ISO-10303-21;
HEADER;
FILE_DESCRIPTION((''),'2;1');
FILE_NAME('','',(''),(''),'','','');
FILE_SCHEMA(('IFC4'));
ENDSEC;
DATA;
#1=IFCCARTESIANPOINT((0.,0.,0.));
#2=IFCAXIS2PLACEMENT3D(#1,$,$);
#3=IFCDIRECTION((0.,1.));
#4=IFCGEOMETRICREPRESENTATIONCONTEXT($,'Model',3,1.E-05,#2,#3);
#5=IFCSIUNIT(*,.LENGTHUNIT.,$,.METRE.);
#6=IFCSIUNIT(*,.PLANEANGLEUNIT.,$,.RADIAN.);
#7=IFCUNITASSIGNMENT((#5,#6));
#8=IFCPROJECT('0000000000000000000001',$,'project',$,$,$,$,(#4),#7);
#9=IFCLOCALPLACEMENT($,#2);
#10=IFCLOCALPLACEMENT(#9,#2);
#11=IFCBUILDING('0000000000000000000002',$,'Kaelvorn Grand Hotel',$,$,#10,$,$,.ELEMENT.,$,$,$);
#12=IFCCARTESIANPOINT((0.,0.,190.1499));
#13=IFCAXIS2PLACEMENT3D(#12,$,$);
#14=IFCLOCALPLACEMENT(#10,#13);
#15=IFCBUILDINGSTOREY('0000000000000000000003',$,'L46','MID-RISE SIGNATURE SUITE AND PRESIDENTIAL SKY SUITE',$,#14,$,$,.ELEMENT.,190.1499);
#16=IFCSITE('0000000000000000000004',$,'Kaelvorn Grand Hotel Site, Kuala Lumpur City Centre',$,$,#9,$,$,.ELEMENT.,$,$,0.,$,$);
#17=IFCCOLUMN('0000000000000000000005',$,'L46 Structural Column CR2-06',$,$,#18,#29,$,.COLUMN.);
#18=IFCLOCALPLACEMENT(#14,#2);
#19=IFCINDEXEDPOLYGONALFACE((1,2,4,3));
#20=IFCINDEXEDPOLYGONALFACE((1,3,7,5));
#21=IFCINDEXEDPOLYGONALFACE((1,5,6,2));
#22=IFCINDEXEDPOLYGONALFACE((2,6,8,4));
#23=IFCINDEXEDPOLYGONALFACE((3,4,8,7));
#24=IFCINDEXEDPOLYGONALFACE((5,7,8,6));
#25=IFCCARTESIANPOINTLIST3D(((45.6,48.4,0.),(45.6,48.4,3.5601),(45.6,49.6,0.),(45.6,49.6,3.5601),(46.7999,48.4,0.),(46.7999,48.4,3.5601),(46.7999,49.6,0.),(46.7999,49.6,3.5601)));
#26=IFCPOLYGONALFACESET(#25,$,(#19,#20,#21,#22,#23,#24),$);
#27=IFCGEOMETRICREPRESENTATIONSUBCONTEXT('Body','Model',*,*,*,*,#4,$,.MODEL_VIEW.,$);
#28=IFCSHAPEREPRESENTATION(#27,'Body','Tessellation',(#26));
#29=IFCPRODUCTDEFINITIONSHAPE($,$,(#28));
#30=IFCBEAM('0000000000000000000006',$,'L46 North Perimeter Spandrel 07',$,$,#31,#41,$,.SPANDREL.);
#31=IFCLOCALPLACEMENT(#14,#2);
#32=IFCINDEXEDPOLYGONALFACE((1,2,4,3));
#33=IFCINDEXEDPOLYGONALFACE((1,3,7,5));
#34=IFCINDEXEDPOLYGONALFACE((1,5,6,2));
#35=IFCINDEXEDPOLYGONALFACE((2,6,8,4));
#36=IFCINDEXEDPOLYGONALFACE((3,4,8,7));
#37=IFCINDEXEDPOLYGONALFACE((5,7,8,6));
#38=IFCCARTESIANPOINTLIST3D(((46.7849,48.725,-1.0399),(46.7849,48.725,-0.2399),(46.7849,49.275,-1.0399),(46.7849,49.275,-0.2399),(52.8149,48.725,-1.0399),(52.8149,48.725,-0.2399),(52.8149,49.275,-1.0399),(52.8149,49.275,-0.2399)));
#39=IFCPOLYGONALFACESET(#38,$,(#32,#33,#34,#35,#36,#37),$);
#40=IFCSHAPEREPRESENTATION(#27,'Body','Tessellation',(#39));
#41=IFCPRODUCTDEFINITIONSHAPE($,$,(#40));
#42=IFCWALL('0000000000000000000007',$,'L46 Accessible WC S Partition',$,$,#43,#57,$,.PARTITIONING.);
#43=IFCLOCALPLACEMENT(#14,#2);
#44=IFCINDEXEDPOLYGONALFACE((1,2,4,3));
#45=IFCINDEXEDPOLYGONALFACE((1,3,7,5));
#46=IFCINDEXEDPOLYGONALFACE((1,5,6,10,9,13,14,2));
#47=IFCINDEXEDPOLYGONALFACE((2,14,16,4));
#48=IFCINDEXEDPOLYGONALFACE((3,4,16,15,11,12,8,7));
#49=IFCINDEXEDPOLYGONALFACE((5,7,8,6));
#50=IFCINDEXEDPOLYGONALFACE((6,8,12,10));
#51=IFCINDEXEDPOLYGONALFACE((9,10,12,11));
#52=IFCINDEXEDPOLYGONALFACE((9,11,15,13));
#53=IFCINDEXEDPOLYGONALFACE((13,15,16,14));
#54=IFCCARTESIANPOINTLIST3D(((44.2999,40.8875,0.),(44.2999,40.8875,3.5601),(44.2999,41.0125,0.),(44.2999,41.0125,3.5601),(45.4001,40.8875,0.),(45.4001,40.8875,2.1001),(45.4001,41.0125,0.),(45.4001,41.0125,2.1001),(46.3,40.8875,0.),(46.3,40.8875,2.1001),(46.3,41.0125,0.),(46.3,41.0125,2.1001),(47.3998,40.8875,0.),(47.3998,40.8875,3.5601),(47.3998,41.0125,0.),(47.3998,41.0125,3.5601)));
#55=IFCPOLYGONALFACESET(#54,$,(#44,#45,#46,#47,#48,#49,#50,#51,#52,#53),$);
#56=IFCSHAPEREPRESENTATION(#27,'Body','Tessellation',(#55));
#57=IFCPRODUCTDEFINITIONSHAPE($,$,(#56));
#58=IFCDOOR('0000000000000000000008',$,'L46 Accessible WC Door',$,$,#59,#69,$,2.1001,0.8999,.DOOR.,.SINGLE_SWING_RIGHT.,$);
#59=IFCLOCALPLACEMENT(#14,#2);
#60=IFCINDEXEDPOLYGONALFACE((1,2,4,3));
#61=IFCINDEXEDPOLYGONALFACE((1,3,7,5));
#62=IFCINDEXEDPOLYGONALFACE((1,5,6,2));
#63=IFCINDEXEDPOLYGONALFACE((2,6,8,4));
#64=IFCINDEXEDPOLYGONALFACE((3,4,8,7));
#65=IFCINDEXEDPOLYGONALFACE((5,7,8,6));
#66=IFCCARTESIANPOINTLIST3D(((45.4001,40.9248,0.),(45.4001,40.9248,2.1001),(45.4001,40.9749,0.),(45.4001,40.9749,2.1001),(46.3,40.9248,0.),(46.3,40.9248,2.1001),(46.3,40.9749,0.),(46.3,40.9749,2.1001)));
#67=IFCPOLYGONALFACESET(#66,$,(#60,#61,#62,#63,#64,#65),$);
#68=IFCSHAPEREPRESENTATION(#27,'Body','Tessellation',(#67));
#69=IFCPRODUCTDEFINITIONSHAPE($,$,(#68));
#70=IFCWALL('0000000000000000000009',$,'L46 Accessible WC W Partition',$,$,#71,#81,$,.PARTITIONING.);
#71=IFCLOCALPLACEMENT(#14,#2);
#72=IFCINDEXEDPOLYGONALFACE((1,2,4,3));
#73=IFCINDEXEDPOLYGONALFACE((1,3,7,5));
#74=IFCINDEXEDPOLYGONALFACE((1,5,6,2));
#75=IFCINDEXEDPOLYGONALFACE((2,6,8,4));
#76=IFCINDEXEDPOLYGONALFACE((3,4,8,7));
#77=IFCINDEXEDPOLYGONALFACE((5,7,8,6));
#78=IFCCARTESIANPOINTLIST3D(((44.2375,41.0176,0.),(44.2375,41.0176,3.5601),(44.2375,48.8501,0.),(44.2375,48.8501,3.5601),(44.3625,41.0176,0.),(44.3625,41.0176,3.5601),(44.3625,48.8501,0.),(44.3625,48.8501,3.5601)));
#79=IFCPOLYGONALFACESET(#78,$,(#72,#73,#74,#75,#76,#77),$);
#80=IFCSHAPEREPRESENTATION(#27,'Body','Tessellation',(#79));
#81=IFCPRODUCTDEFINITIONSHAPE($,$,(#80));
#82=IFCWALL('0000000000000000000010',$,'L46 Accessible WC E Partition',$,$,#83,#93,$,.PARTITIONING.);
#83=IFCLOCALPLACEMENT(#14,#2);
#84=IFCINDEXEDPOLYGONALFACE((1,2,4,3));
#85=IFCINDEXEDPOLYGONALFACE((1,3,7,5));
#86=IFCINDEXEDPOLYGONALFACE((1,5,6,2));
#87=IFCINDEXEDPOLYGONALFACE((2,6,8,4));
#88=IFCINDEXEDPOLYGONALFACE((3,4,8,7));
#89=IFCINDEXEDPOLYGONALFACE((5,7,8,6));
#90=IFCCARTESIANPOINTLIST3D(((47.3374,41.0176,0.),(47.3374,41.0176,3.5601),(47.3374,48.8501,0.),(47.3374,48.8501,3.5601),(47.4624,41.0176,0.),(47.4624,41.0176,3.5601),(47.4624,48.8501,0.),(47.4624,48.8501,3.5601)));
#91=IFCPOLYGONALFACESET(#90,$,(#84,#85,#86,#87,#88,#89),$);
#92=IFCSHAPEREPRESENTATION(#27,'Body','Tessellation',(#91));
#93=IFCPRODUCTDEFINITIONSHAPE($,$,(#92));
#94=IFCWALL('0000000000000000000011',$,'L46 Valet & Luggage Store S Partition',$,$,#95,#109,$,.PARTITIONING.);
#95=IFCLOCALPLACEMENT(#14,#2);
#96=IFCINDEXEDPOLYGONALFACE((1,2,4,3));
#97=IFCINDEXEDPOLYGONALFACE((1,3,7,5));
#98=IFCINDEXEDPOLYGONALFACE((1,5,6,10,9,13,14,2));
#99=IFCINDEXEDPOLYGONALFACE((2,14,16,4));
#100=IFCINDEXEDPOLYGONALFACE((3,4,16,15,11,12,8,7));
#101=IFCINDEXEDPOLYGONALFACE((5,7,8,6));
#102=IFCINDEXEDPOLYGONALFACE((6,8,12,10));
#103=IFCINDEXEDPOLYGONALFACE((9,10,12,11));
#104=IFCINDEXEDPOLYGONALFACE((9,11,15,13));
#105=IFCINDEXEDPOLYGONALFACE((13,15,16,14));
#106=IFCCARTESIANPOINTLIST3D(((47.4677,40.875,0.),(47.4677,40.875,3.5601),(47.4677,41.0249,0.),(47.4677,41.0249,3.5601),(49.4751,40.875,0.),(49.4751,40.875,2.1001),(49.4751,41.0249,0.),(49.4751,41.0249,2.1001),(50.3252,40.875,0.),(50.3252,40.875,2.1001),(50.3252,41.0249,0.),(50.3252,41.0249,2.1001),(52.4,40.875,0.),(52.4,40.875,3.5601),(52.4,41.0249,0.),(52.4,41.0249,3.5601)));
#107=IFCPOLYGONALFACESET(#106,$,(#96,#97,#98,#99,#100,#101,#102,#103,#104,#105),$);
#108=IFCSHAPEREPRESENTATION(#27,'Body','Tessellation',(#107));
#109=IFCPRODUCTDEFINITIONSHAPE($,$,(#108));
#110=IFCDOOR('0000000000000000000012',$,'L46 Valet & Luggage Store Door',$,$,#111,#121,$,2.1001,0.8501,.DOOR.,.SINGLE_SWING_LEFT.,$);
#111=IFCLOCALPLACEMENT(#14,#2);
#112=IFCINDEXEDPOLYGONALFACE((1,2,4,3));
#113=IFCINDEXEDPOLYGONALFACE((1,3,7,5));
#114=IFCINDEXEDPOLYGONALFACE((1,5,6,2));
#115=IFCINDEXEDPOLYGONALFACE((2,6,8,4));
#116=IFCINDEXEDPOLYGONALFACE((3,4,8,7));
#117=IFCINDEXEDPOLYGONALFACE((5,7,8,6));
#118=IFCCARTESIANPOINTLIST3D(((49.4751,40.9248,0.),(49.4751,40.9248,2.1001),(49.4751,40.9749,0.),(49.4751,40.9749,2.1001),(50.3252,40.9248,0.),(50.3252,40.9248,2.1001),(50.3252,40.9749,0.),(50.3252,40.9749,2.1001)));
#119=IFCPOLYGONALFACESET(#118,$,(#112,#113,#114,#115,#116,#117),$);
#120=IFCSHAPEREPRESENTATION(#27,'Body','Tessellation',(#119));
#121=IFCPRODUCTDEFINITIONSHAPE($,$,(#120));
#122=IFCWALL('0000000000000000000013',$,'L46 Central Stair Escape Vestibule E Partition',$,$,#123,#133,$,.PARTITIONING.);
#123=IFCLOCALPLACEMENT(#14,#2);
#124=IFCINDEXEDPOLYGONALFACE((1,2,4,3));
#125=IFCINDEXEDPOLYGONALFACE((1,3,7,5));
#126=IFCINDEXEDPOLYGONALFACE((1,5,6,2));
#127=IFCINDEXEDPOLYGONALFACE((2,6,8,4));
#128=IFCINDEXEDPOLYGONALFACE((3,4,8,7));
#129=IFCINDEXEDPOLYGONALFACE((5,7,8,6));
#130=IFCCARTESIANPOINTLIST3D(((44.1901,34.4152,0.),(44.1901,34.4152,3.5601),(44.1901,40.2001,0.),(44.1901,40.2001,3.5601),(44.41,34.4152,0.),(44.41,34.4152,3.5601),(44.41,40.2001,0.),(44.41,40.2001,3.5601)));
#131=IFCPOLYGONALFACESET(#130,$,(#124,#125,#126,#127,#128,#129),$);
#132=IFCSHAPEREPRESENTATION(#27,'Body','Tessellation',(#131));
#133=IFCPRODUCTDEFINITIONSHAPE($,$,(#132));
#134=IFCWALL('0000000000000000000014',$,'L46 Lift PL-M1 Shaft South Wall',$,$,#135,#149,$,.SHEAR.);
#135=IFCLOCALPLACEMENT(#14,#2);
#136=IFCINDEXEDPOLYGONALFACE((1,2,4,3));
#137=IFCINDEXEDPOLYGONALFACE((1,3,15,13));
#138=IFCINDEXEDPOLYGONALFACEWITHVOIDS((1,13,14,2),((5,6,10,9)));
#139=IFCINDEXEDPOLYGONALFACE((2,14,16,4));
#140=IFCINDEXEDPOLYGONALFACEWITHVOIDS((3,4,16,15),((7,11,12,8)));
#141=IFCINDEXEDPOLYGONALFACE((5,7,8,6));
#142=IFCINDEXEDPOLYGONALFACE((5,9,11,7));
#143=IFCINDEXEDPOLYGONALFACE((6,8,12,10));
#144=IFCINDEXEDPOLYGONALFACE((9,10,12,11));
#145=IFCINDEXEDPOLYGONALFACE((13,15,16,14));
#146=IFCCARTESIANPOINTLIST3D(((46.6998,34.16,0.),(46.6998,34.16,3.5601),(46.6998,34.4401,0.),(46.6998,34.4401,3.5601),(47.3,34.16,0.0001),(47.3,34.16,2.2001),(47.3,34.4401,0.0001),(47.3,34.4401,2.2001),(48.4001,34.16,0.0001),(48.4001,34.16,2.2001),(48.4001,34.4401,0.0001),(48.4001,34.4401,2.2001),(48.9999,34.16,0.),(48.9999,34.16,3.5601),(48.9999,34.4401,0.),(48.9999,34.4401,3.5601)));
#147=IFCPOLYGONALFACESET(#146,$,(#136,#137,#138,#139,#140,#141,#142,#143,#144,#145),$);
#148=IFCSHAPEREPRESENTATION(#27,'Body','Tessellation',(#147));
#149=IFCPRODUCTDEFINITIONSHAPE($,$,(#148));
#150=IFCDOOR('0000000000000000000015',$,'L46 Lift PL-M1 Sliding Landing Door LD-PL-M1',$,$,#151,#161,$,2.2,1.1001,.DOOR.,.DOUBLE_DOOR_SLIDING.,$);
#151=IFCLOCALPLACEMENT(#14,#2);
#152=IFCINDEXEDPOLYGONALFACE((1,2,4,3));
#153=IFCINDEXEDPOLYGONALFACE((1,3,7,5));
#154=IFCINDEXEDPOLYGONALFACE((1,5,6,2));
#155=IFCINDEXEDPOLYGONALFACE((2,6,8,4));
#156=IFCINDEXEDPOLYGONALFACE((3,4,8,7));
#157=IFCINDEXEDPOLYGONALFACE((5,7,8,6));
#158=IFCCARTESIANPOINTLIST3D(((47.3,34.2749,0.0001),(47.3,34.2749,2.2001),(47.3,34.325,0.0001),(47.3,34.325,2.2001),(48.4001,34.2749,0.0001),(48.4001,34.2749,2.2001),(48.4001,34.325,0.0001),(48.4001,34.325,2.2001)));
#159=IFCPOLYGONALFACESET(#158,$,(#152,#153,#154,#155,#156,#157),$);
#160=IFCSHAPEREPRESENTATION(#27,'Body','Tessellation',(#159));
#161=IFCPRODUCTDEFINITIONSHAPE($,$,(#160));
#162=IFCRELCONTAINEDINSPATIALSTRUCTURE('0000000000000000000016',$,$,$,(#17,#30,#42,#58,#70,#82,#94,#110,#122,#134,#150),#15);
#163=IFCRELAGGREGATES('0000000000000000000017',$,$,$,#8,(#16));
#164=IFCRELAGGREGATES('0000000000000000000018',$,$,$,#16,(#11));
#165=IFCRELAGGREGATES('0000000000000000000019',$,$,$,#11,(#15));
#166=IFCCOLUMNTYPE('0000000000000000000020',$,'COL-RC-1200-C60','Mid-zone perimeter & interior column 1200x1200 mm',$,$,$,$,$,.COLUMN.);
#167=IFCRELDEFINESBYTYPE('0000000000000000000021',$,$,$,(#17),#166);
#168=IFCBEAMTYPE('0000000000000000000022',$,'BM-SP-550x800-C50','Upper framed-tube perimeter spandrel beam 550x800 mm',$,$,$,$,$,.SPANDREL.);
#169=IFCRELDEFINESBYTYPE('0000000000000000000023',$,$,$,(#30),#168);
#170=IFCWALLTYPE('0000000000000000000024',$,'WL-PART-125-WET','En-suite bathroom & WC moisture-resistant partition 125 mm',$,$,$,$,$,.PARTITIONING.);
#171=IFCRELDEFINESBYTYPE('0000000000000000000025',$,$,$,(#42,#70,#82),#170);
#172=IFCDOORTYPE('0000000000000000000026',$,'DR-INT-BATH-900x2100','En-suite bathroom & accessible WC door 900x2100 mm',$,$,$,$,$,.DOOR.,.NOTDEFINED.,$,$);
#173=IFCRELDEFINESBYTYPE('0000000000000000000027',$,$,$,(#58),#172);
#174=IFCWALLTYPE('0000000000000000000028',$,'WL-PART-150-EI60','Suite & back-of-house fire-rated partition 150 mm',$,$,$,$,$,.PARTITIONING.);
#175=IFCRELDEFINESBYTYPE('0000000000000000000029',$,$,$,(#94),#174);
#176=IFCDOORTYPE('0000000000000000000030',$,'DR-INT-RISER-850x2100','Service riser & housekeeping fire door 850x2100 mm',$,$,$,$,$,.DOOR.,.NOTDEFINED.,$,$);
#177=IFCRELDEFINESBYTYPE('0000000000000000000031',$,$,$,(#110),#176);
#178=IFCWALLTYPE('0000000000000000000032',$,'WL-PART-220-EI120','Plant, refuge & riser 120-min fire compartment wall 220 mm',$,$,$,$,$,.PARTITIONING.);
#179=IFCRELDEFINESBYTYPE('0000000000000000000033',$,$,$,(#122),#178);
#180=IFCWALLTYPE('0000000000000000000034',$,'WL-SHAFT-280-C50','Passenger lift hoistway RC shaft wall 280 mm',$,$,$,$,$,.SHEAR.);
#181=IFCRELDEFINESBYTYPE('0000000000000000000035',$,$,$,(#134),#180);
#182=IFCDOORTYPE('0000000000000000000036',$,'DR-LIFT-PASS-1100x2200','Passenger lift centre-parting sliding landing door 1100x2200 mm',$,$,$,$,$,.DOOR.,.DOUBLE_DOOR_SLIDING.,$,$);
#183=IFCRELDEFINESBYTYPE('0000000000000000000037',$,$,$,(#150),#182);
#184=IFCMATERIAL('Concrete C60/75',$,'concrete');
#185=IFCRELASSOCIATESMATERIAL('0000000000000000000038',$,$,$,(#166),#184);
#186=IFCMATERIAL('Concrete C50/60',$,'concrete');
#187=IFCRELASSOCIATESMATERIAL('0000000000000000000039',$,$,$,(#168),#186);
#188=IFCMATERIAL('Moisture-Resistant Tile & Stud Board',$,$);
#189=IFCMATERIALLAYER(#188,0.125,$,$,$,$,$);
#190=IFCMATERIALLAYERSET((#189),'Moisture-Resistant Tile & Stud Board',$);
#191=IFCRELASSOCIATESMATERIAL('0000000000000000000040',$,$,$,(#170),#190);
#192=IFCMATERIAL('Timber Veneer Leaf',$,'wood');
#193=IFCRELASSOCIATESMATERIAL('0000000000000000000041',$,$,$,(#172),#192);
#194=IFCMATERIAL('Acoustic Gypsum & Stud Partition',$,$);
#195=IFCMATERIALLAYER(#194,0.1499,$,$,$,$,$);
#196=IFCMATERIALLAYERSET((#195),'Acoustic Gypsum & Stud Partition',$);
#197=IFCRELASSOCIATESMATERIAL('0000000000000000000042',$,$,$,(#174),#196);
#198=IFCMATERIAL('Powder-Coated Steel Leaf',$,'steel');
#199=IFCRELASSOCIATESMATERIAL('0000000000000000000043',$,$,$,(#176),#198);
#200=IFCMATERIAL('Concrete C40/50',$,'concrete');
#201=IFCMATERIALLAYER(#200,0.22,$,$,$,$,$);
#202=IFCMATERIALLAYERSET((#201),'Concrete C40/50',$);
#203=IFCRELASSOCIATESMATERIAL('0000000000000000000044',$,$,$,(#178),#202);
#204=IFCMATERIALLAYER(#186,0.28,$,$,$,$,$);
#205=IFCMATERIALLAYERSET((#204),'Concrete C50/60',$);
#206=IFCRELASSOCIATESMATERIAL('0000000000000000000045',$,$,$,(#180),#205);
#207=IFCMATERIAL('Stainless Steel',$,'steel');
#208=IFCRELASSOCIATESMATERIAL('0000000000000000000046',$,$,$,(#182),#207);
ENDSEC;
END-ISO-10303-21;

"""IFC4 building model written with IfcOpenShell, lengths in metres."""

from ifc_helpers import new_model, si_unit, direction, frame, frame_2d, origin, origin_2d, place, context, subcontext, project, spatial, rectangle, extrude, material, layer, layer_set, material_profile, profile_set, type_object, element, fill, save


model = new_model("IFC4")

# Units and contexts
model_context = context("Model", 3, precision=1e-05, world=origin(), true_north=direction((0.0, 1.0)))
body_context = subcontext(model_context, "Body", "Model", "MODEL_VIEW")
ifc_project = project(units=[si_unit("LENGTHUNIT", "METRE"), si_unit("PLANEANGLEUNIT", "RADIAN")], contexts=[model_context])

# Site, building, storey
site_placement = place(None, origin())
site = spatial("IfcSite", under=ifc_project, at=site_placement, Name="Kaelvorn Grand Hotel Site, Kuala Lumpur City Centre", CompositionType="ELEMENT", RefElevation=0.0)
building_placement = place(site_placement, origin())
building = spatial("IfcBuilding", under=site, at=building_placement, Name="Kaelvorn Grand Hotel", CompositionType="ELEMENT")
storey_placement = place(building_placement, frame((0.0, 0.0, 190.1499)))
storey = spatial("IfcBuildingStorey", under=building, at=storey_placement, Name="L46", Description="MID-RISE SIGNATURE SUITE AND PRESIDENTIAL SKY SUITE", CompositionType="ELEMENT", Elevation=190.1499)

# Column
ifc_material_1 = material(Name="Concrete C60/75", Category="concrete")
ifc_material_profile_1 = material_profile(ifc_material_1, rectangle(XDim=1.2, YDim=1.2, at=origin_2d()), Name="RC COL 1200x1200")
ifc_profile_set_1 = profile_set([ifc_material_profile_1], Name="Concrete C60/75")
column_type = type_object("IfcColumnType", Name="COL-RC-1200-C60", Description="Mid-zone perimeter & interior column 1200x1200 mm", PredefinedType="COLUMN", material=ifc_profile_set_1)
column_placement = place(storey_placement, frame((46.2, 49.0, 0.0), z_axis=(0.0, 0.0, 1.0), x_axis=(1.0, 0.0, 0.0)))
element("IfcColumn", 1, at=column_placement, inside=storey, type_object=column_type, Name="L46 Structural Column CR2-06", PredefinedType="COLUMN", context=body_context, shape_type="SweptSolid", body=[
    extrude(rectangle(XDim=1.2, YDim=1.2, at=origin_2d()), origin(), (0.0, 0.0, 1.0), 3.5601),
])

# Beam
ifc_material_2 = material(Name="Concrete C50/60", Category="concrete")
ifc_material_profile_2 = material_profile(ifc_material_2, rectangle(XDim=0.55, YDim=0.8, at=origin_2d()), Name="RC SPANDREL 550x800")
ifc_profile_set_2 = profile_set([ifc_material_profile_2], Name="Concrete C50/60")
beam_type = type_object("IfcBeamType", Name="BM-SP-550x800-C50", Description="Upper framed-tube perimeter spandrel beam 550x800 mm", PredefinedType="SPANDREL", material=ifc_profile_set_2)
beam_placement = place(storey_placement, frame((46.7849, 49.0, -0.6399), z_axis=(1.0, 0.0, 0.0), x_axis=(0.0, 1.0, 0.0)))
element("IfcBeam", 2, at=beam_placement, inside=storey, type_object=beam_type, Name="L46 North Perimeter Spandrel 07", PredefinedType="SPANDREL", context=body_context, shape_type="SweptSolid", body=[
    extrude(rectangle(XDim=0.55, YDim=0.8, at=origin_2d()), origin(), (0.0, 0.0, 1.0), 6.03),
])

# Wall, opening, door
ifc_material_3 = material(Name="Moisture-Resistant Tile & Stud Board")
ifc_layer_1 = layer(ifc_material_3, 0.125)
ifc_layer_set_1 = layer_set([ifc_layer_1], Name="Moisture-Resistant Tile & Stud Board")
wall_type_1 = type_object("IfcWallType", Name="WL-PART-125-WET", Description="En-suite bathroom & WC moisture-resistant partition 125 mm", PredefinedType="PARTITIONING", material=ifc_layer_set_1)
wall_1_placement = place(storey_placement, frame((44.3, 40.95, 0.0), z_axis=(0.0, 0.0, 1.0), x_axis=(1.0, 0.0, 0.0)))
wall_1 = element("IfcWall", 3, at=wall_1_placement, inside=storey, type_object=wall_type_1, Name="L46 Accessible WC S Partition", PredefinedType="PARTITIONING", context=body_context, shape_type="SweptSolid", body=[
    extrude(rectangle(XDim=3.0999, YDim=0.125, at=frame_2d((1.5498, 0.0))), origin(), (0.0, 0.0, 1.0), 3.5601),
])
opening_1_placement = place(wall_1_placement, frame((1.1001, 0.0, 0.0)))
opening_1 = element("IfcOpeningElement", 4, at=opening_1_placement, cuts=wall_1, PredefinedType="OPENING", context=body_context, shape_type="SweptSolid", body=[
    extrude(rectangle(XDim=0.8999, YDim=2.1001, at=frame_2d((0.45, 1.05))), frame((0.0, 0.0725, 0.0), z_axis=(0.0, -1.0, 0.0), x_axis=(1.0, 0.0, 0.0)), (0.0, 0.0, 1.0), 0.145),
])
ifc_material_4 = material(Name="Timber Veneer Leaf", Category="wood")
door_type_1 = type_object("IfcDoorType", Name="DR-INT-BATH-900x2100", Description="En-suite bathroom & accessible WC door 900x2100 mm", OperationType="NOTDEFINED", PredefinedType="DOOR", material=ifc_material_4)
door_1_placement = place(opening_1_placement, origin())
door_1 = element("IfcDoor", 5, at=door_1_placement, inside=storey, type_object=door_type_1, Name="L46 Accessible WC Door", OperationType="SINGLE_SWING_RIGHT", OverallHeight=2.1001, OverallWidth=0.8999, PredefinedType="DOOR", context=body_context, shape_type="SweptSolid", body=[
    extrude(rectangle(XDim=0.8999, YDim=2.1001, at=frame_2d((0.45, 1.05))), frame((0.0, 0.0249, 0.0), z_axis=(0.0, -1.0, 0.0), x_axis=(1.0, 0.0, 0.0)), (0.0, 0.0, 1.0), 0.05),
])
fill(opening_1, door_1)

# Walls
for number, where, z_axis, x_axis, name in (
    (6, (44.3, 41.0176, 0.0), (0.0, 0.0, 1.0), (0.0, 1.0, 0.0), "L46 Accessible WC W Partition"),
    (7, (47.3999, 41.0176, 0.0), (0.0, 0.0, 1.0), (0.0, 1.0, 0.0), "L46 Accessible WC E Partition"),
):
    element("IfcWall", number, at=place(storey_placement, frame(where, z_axis=z_axis, x_axis=x_axis)), inside=storey, type_object=wall_type_1, Name=name, PredefinedType="PARTITIONING", context=body_context, shape_type="SweptSolid", body=[
        extrude(rectangle(XDim=7.8325, YDim=0.125, at=frame_2d((3.9163, 0.0))), origin(), (0.0, 0.0, 1.0), 3.5601),
    ])

# Wall, opening, door
ifc_material_5 = material(Name="Acoustic Gypsum & Stud Partition")
ifc_layer_2 = layer(ifc_material_5, 0.1499)
ifc_layer_set_2 = layer_set([ifc_layer_2], Name="Acoustic Gypsum & Stud Partition")
wall_type_2 = type_object("IfcWallType", Name="WL-PART-150-EI60", Description="Suite & back-of-house fire-rated partition 150 mm", PredefinedType="PARTITIONING", material=ifc_layer_set_2)
wall_2_placement = place(storey_placement, frame((47.4675, 40.95, 0.0), z_axis=(0.0, 0.0, 1.0), x_axis=(1.0, 0.0, 0.0)))
wall_2 = element("IfcWall", 8, at=wall_2_placement, inside=storey, type_object=wall_type_2, Name="L46 Valet & Luggage Store S Partition", PredefinedType="PARTITIONING", context=body_context, shape_type="SweptSolid", body=[
    extrude(rectangle(XDim=4.9324, YDim=0.1499, at=frame_2d((2.4663, 0.0))), origin(), (0.0, 0.0, 1.0), 3.5601),
])
opening_2_placement = place(wall_2_placement, frame((2.0076, 0.0, 0.0)))
opening_2 = element("IfcOpeningElement", 9, at=opening_2_placement, cuts=wall_2, PredefinedType="OPENING", context=body_context, shape_type="SweptSolid", body=[
    extrude(rectangle(XDim=0.8501, YDim=2.1001, at=frame_2d((0.425, 1.05))), frame((0.0, 0.085, 0.0), z_axis=(0.0, -1.0, 0.0), x_axis=(1.0, 0.0, 0.0)), (0.0, 0.0, 1.0), 0.1699),
])
ifc_material_6 = material(Name="Powder-Coated Steel Leaf", Category="steel")
door_type_2 = type_object("IfcDoorType", Name="DR-INT-RISER-850x2100", Description="Service riser & housekeeping fire door 850x2100 mm", OperationType="NOTDEFINED", PredefinedType="DOOR", material=ifc_material_6)
door_2_placement = place(opening_2_placement, origin())
door_2 = element("IfcDoor", 10, at=door_2_placement, inside=storey, type_object=door_type_2, Name="L46 Valet & Luggage Store Door", OperationType="SINGLE_SWING_LEFT", OverallHeight=2.1001, OverallWidth=0.8501, PredefinedType="DOOR", context=body_context, shape_type="SweptSolid", body=[
    extrude(rectangle(XDim=0.8501, YDim=2.1001, at=frame_2d((0.425, 1.05))), frame((0.0, 0.0249, 0.0), z_axis=(0.0, -1.0, 0.0), x_axis=(1.0, 0.0, 0.0)), (0.0, 0.0, 1.0), 0.05),
])
fill(opening_2, door_2)

# Wall
ifc_material_7 = material(Name="Concrete C40/50", Category="concrete")
ifc_layer_3 = layer(ifc_material_7, 0.22)
ifc_layer_set_3 = layer_set([ifc_layer_3], Name="Concrete C40/50")
wall_type_3 = type_object("IfcWallType", Name="WL-PART-220-EI120", Description="Plant, refuge & riser 120-min fire compartment wall 220 mm", PredefinedType="PARTITIONING", material=ifc_layer_set_3)
wall_3_placement = place(storey_placement, frame((44.3, 34.415, 0.0), z_axis=(0.0, 0.0, 1.0), x_axis=(0.0, 1.0, 0.0)))
element("IfcWall", 11, at=wall_3_placement, inside=storey, type_object=wall_type_3, Name="L46 Central Stair Escape Vestibule E Partition", PredefinedType="PARTITIONING", context=body_context, shape_type="SweptSolid", body=[
    extrude(rectangle(XDim=5.7849, YDim=0.22, at=frame_2d((2.8926, 0.0))), origin(), (0.0, 0.0, 1.0), 3.5601),
])

# Wall, opening, door
ifc_layer_4 = layer(ifc_material_2, 0.28)
ifc_layer_set_4 = layer_set([ifc_layer_4], Name="Concrete C50/60")
wall_type_4 = type_object("IfcWallType", Name="WL-SHAFT-280-C50", Description="Passenger lift hoistway RC shaft wall 280 mm", PredefinedType="SHEAR", material=ifc_layer_set_4)
wall_4_placement = place(storey_placement, frame((46.7, 34.3, 0.0), z_axis=(0.0, 0.0, 1.0), x_axis=(1.0, 0.0, 0.0)))
wall_4 = element("IfcWall", 12, at=wall_4_placement, inside=storey, type_object=wall_type_4, Name="L46 Lift PL-M1 Shaft South Wall", PredefinedType="SHEAR", context=body_context, shape_type="SweptSolid", body=[
    extrude(rectangle(XDim=2.3, YDim=0.28, at=frame_2d((1.1499, 0.0))), origin(), (0.0, 0.0, 1.0), 3.5601),
])
opening_3_placement = place(wall_4_placement, frame((0.6001, 0.0, 0.0)))
opening_3 = element("IfcOpeningElement", 13, at=opening_3_placement, cuts=wall_4, PredefinedType="OPENING", context=body_context, shape_type="SweptSolid", body=[
    extrude(rectangle(XDim=1.1001, YDim=2.2, at=frame_2d((0.55, 1.1001))), frame((0.0, 0.1499, 0.0), z_axis=(0.0, -1.0, 0.0), x_axis=(1.0, 0.0, 0.0)), (0.0, 0.0, 1.0), 0.3),
])
ifc_material_8 = material(Name="Stainless Steel", Category="steel")
door_type_3 = type_object("IfcDoorType", Name="DR-LIFT-PASS-1100x2200", Description="Passenger lift centre-parting sliding landing door 1100x2200 mm", OperationType="DOUBLE_DOOR_SLIDING", PredefinedType="DOOR", material=ifc_material_8)
door_3_placement = place(opening_3_placement, origin())
door_3 = element("IfcDoor", 14, at=door_3_placement, inside=storey, type_object=door_type_3, Name="L46 Lift PL-M1 Sliding Landing Door LD-PL-M1", OperationType="DOUBLE_DOOR_SLIDING", OverallHeight=2.2, OverallWidth=1.1001, PredefinedType="DOOR", context=body_context, shape_type="SweptSolid", body=[
    extrude(rectangle(XDim=1.1001, YDim=2.2, at=frame_2d((0.55, 1.1001))), frame((0.0, 0.0249, 0.0), z_axis=(0.0, -1.0, 0.0), x_axis=(1.0, 0.0, 0.0)), (0.0, 0.0, 1.0), 0.05),
])
fill(opening_3, door_3)

save(model, "model.ifc")
